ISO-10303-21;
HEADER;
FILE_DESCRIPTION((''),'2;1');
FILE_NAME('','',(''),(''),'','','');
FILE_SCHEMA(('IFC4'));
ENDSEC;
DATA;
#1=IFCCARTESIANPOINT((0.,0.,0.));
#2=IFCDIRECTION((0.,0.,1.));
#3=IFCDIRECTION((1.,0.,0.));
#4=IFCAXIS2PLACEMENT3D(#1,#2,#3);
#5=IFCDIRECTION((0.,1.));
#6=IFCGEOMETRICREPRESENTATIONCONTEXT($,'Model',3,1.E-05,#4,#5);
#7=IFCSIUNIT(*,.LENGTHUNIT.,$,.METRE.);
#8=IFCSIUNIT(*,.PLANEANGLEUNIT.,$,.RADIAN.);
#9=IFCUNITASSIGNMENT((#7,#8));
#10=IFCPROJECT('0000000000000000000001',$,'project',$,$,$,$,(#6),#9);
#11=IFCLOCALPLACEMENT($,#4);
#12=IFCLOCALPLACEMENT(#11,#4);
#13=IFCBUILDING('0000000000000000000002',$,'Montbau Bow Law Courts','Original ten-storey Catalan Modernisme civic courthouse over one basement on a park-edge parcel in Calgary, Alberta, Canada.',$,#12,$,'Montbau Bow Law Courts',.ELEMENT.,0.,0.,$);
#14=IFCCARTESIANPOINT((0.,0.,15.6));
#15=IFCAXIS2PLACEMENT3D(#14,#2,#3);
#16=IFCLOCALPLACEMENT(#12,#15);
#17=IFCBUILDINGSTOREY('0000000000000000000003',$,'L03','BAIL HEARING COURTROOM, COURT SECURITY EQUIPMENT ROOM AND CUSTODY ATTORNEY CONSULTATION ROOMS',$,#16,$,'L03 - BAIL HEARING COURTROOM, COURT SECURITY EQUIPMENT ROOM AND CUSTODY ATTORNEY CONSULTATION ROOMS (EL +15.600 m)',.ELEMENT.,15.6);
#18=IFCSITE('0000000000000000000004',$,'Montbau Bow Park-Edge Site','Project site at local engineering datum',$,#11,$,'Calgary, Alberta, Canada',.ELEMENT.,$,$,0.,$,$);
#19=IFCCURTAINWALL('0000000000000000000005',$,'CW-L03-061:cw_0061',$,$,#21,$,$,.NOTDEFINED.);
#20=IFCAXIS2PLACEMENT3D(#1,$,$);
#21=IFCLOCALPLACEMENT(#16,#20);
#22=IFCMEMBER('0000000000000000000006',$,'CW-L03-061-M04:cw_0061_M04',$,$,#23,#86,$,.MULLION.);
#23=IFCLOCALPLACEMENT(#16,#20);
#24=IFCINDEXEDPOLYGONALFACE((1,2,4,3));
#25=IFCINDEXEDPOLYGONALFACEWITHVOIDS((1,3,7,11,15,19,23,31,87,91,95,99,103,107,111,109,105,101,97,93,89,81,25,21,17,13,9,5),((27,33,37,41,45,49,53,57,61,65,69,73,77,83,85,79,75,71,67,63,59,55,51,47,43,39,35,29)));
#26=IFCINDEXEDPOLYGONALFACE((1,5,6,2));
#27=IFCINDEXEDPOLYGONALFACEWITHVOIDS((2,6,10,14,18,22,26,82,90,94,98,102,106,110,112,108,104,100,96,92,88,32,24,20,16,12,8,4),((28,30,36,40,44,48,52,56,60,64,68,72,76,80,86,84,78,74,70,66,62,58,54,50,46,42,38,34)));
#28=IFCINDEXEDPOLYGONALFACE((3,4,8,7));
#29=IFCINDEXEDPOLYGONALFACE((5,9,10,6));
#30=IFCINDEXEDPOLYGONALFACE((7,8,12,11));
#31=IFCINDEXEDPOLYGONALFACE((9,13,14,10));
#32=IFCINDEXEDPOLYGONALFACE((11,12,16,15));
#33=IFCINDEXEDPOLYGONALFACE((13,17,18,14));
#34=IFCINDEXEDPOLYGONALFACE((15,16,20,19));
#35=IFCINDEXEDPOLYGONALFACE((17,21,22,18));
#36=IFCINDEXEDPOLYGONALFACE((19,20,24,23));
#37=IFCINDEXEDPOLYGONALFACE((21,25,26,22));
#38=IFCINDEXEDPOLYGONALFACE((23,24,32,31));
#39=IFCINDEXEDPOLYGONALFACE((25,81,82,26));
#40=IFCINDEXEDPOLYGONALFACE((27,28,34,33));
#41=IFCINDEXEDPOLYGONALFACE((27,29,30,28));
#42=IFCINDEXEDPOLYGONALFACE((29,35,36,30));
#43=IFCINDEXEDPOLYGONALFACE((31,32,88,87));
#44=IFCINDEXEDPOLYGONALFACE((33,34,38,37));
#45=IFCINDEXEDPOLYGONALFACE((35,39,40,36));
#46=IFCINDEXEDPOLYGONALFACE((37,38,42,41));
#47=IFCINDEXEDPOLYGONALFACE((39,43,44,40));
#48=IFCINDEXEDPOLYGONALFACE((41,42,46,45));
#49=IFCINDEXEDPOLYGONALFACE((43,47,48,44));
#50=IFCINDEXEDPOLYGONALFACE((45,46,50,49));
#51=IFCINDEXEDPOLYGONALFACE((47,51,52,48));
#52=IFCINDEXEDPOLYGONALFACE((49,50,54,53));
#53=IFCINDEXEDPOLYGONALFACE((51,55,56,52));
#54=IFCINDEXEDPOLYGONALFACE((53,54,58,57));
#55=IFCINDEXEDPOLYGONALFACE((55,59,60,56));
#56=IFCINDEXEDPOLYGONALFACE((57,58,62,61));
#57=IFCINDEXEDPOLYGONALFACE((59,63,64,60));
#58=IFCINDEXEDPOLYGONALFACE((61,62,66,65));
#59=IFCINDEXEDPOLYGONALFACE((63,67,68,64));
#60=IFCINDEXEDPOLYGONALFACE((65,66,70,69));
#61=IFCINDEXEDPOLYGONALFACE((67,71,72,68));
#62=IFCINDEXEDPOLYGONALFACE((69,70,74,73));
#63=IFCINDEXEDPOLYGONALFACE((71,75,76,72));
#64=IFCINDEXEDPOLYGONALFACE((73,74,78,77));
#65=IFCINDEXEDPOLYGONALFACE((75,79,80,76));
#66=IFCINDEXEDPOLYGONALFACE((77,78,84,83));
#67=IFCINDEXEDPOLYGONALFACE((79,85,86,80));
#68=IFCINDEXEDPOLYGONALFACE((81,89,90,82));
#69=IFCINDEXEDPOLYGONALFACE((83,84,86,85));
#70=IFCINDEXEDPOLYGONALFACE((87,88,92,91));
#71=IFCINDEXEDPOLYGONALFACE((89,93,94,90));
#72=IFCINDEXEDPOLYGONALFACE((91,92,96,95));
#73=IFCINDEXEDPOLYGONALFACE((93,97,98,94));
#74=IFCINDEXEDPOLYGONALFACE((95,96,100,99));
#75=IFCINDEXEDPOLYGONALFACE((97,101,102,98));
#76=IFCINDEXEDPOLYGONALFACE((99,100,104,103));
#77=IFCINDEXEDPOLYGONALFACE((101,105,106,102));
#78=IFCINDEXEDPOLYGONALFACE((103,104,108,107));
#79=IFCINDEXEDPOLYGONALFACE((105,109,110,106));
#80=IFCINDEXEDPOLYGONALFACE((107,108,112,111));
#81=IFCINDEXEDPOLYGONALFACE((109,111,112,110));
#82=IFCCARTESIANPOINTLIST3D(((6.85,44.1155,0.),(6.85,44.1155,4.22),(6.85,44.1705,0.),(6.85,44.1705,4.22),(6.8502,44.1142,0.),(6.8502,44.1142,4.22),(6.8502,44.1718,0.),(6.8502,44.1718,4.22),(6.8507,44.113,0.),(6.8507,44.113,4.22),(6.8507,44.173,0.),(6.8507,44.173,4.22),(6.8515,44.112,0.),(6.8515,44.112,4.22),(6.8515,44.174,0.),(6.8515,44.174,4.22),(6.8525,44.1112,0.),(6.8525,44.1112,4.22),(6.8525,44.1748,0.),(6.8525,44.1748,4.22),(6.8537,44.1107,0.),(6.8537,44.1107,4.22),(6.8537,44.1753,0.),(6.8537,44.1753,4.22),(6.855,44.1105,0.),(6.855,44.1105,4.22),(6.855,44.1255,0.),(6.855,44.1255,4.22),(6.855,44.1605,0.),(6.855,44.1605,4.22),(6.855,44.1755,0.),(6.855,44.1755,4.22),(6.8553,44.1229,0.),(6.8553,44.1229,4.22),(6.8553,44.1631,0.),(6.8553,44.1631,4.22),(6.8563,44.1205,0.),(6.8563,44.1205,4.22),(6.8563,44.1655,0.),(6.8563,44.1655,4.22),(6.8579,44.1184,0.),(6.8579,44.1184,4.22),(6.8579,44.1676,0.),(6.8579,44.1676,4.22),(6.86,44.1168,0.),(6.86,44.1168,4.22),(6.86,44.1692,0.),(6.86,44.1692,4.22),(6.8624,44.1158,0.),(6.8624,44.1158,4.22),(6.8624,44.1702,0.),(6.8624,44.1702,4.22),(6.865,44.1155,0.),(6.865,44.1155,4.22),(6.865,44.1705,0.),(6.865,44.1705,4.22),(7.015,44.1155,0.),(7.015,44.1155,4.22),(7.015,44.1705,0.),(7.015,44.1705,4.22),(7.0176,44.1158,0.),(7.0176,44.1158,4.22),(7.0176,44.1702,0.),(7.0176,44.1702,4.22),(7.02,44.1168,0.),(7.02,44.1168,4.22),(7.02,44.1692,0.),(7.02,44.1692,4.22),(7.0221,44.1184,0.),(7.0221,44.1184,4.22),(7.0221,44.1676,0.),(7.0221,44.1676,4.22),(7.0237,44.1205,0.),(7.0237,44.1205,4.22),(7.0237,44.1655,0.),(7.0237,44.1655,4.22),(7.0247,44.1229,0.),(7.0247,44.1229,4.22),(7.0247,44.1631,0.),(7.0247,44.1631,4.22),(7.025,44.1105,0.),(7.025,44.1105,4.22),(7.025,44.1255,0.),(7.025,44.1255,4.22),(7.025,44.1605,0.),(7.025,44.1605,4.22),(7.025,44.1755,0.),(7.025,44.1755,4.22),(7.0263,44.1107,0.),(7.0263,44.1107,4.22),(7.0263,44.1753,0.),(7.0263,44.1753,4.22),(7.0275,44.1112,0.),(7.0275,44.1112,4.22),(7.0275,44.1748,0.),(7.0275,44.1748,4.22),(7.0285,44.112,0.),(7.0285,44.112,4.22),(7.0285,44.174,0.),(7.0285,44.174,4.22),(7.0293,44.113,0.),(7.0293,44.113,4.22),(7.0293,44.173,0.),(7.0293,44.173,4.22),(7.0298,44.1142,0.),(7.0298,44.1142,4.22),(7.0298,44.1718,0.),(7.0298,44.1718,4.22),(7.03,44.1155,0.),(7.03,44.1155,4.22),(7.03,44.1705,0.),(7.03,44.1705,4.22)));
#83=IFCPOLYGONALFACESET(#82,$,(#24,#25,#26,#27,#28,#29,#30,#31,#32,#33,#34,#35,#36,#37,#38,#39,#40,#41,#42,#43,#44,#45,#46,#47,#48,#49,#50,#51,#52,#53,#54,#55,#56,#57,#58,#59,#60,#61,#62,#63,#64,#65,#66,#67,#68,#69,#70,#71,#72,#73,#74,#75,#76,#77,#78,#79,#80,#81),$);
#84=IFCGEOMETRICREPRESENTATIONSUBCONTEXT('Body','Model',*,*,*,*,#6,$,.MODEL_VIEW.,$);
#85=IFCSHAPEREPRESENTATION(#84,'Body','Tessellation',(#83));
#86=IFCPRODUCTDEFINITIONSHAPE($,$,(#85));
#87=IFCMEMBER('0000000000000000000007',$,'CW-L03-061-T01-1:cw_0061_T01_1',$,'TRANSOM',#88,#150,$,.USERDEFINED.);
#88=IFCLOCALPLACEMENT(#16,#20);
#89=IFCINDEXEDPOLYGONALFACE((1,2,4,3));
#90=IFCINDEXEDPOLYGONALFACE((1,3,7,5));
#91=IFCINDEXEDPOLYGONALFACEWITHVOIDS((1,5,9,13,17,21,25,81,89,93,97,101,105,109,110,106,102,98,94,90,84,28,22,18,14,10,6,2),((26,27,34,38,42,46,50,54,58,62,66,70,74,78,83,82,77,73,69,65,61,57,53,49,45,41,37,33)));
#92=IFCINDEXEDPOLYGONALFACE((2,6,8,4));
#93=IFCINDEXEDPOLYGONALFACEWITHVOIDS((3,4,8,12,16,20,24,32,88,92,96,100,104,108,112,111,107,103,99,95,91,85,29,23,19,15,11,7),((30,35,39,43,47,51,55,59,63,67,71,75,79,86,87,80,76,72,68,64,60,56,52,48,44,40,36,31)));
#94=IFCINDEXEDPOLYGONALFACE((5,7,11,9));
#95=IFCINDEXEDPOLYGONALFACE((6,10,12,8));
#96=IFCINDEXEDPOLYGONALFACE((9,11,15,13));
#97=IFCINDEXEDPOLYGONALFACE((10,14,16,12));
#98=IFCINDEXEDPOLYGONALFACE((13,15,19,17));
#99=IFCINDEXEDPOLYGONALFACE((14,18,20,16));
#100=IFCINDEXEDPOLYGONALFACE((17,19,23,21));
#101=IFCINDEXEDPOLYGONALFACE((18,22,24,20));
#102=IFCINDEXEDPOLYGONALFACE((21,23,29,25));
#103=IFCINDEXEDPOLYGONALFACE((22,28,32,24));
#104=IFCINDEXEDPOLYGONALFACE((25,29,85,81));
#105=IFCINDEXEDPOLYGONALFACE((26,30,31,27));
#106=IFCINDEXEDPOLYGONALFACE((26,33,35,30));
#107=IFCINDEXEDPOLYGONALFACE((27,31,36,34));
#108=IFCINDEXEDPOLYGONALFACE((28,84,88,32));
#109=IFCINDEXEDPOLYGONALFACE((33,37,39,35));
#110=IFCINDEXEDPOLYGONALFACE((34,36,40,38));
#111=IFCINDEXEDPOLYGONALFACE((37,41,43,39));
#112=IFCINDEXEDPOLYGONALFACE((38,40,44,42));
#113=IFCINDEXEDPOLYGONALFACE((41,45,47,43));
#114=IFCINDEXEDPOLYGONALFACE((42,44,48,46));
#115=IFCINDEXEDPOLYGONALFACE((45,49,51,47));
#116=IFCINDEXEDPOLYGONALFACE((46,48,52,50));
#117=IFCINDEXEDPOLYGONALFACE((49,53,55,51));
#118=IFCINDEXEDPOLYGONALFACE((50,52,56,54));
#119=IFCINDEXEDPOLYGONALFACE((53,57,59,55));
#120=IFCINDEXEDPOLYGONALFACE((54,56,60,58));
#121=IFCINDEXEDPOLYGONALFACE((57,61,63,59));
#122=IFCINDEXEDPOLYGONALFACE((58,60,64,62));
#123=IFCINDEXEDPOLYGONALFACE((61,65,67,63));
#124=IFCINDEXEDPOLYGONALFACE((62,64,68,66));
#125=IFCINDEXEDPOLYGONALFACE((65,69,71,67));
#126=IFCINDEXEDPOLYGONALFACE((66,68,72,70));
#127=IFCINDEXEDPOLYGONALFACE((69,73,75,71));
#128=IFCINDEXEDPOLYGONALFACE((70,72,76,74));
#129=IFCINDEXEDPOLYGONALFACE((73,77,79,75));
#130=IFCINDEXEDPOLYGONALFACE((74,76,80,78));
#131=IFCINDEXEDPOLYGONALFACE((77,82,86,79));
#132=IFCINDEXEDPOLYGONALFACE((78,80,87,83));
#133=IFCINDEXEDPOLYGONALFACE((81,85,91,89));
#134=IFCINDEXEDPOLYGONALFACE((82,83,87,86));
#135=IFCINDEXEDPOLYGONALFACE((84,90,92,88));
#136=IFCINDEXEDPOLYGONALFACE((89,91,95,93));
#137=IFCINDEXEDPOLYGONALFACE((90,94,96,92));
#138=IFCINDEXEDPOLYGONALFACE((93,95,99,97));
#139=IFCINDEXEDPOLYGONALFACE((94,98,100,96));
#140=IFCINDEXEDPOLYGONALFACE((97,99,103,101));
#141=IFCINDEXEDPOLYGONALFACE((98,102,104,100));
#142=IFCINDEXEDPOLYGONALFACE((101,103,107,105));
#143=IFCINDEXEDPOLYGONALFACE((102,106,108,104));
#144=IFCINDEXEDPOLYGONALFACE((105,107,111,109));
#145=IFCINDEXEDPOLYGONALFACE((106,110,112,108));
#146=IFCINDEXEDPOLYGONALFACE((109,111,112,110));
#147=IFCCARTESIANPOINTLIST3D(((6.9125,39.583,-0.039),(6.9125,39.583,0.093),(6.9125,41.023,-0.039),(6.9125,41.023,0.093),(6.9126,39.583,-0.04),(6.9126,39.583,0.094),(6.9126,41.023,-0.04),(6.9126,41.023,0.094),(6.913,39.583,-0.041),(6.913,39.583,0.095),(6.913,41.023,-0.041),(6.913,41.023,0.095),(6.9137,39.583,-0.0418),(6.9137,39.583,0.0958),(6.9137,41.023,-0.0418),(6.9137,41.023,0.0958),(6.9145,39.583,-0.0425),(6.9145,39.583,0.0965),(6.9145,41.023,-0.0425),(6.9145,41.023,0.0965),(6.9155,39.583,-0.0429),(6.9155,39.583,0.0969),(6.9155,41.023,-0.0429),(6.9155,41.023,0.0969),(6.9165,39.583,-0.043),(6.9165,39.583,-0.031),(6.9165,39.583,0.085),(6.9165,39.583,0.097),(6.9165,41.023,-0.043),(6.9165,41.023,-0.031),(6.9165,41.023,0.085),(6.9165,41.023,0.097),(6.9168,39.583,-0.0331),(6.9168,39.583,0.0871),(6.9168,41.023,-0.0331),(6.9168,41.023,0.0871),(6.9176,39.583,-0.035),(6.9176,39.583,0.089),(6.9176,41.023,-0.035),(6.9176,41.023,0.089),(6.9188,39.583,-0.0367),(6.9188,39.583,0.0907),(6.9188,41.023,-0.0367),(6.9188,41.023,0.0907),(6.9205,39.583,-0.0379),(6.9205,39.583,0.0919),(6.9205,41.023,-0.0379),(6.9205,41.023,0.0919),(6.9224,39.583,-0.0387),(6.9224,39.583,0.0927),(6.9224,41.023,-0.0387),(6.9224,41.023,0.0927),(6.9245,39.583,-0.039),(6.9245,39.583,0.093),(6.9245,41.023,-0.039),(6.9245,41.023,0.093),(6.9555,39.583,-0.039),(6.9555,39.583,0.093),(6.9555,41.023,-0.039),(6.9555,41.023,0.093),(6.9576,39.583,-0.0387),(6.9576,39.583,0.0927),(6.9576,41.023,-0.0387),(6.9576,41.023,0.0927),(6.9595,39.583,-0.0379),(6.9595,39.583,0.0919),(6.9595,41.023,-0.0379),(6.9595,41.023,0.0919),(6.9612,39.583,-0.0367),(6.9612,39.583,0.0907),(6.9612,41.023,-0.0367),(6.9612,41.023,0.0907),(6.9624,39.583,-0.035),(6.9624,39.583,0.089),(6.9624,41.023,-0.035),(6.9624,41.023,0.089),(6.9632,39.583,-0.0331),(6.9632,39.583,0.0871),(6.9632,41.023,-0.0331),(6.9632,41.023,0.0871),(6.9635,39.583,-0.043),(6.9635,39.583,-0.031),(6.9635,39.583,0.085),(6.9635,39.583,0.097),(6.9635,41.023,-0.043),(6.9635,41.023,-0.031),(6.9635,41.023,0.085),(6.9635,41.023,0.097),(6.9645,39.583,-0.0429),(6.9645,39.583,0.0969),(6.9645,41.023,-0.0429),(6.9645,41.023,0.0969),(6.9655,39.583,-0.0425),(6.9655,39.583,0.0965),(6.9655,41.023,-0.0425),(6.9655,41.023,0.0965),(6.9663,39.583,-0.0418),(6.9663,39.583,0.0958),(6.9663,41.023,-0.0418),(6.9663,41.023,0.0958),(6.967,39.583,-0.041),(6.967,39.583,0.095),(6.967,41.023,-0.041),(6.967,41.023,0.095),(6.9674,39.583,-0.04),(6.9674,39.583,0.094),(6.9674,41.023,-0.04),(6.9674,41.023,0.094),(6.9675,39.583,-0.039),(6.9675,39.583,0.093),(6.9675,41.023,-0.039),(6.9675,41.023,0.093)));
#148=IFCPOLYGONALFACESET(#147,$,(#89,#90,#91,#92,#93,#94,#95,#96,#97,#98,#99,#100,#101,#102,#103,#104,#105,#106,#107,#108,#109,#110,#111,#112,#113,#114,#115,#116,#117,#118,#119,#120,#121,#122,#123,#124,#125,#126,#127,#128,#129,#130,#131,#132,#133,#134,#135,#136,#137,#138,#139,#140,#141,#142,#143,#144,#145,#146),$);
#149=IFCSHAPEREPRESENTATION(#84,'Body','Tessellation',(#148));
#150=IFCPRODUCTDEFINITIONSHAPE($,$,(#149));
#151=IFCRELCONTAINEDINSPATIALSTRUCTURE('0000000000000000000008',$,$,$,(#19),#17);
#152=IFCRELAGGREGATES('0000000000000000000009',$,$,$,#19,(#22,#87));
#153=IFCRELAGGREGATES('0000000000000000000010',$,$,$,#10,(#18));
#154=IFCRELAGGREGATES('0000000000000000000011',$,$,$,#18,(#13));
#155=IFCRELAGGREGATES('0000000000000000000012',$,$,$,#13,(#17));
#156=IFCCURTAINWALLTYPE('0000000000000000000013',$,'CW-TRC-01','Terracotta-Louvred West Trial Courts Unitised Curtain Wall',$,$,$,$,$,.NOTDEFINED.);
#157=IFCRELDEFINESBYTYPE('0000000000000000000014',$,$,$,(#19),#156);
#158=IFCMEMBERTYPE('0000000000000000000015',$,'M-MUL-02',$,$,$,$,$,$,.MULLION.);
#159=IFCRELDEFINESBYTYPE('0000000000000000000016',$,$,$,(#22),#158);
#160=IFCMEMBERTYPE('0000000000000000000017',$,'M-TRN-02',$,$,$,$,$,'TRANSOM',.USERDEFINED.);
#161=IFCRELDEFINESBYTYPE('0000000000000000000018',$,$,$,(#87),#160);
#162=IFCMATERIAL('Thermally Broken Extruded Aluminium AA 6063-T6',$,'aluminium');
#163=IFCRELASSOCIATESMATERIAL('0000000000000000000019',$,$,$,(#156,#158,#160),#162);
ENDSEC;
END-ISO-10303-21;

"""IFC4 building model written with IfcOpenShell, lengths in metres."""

from ifc_helpers import new_model, si_unit, direction, frame, origin_with_axes, origin_2d_with_axis, place, context, subcontext, project, spatial, hollow_rectangle, extrude, material, material_profile, profile_set, type_object, element, aggregate, save


model = new_model("IFC4")

# Units and contexts
model_context = context("Model", 3, precision=1e-05, world=origin_with_axes(), true_north=direction((0.0, 1.0)))
body_context = subcontext(model_context, "Body", "Model", "MODEL_VIEW")
ifc_project = project(units=[si_unit("LENGTHUNIT", "METRE"), si_unit("PLANEANGLEUNIT", "RADIAN")], contexts=[model_context])

# Site, building, storey
site_placement = place(None, origin_with_axes())
site = spatial("IfcSite", under=ifc_project, at=site_placement, Name="Montbau Bow Park-Edge Site", Description="Project site at local engineering datum", LongName="Calgary, Alberta, Canada", CompositionType="ELEMENT", RefElevation=0.0)
building_placement = place(site_placement, origin_with_axes())
building = spatial("IfcBuilding", under=site, at=building_placement, Name="Montbau Bow Law Courts", Description="Original ten-storey Catalan Modernisme civic courthouse over one basement on a park-edge parcel in Calgary, Alberta, Canada.", LongName="Montbau Bow Law Courts", CompositionType="ELEMENT", ElevationOfRefHeight=0.0, ElevationOfTerrain=0.0)
storey_placement = place(building_placement, frame((0.0, 0.0, 15.6), z_axis=(0.0, 0.0, 1.0), x_axis=(1.0, 0.0, 0.0)))
storey = spatial("IfcBuildingStorey", under=building, at=storey_placement, Name="L03", Description="BAIL HEARING COURTROOM, COURT SECURITY EQUIPMENT ROOM AND CUSTODY ATTORNEY CONSULTATION ROOMS", LongName="L03 - BAIL HEARING COURTROOM, COURT SECURITY EQUIPMENT ROOM AND CUSTODY ATTORNEY CONSULTATION ROOMS (EL +15.600 m)", CompositionType="ELEMENT", Elevation=15.6)

# Curtain wall, members
ifc_material_1 = material(Name="Thermally Broken Extruded Aluminium AA 6063-T6", Category="aluminium")
curtain_wall_type = type_object("IfcCurtainWallType", Name="CW-TRC-01", Description="Terracotta-Louvred West Trial Courts Unitised Curtain Wall", PredefinedType="NOTDEFINED", material=ifc_material_1)
curtain_wall_placement = place(None, frame((6.94, 39.515, 15.6), z_axis=(0.0, 0.0, 1.0), x_axis=(1.0, 0.0, 0.0)))
curtain_wall = element("IfcCurtainWall", 1, at=curtain_wall_placement, inside=storey, type_object=curtain_wall_type, Name="CW-L03-061:cw_0061", PredefinedType="NOTDEFINED")
ifc_material_profile_1 = material_profile(ifc_material_1, hollow_rectangle(XDim=0.065, YDim=0.18, WallThickness=0.005, InnerFilletRadius=0.01, OuterFilletRadius=0.005, at=origin_2d_with_axis()), Name="CWM-180X65", Category="Main", Priority=0)
ifc_profile_set_1 = profile_set([ifc_material_profile_1], Name="Thermally Broken Extruded Aluminium AA 6063-T6")
member_type_1 = type_object("IfcMemberType", Name="M-MUL-02", PredefinedType="MULLION", material=ifc_profile_set_1)
member_1_placement = place(None, frame((6.94, 44.143, 15.6), z_axis=(0.0, 0.0, 1.0), x_axis=(0.0, 1.0, 0.0)))
member_1 = element("IfcMember", 2, at=member_1_placement, type_object=member_type_1, Name="CW-L03-061-M04:cw_0061_M04", PredefinedType="MULLION", context=body_context, shape_type="SweptSolid", body=[
    extrude(hollow_rectangle(XDim=0.065, YDim=0.18, WallThickness=0.005, InnerFilletRadius=0.01, OuterFilletRadius=0.005, at=origin_2d_with_axis()), origin_with_axes(), (0.0, 0.0, 1.0), 4.22),
])
ifc_material_profile_2 = material_profile(ifc_material_1, hollow_rectangle(XDim=0.055, YDim=0.14, WallThickness=0.004, InnerFilletRadius=0.008, OuterFilletRadius=0.004, at=origin_2d_with_axis()), Name="CWT-140X55", Category="Main", Priority=0)
ifc_profile_set_2 = profile_set([ifc_material_profile_2], Name="Thermally Broken Extruded Aluminium AA 6063-T6")
member_type_2 = type_object("IfcMemberType", Name="M-TRN-02", ElementType="TRANSOM", PredefinedType="USERDEFINED", material=ifc_profile_set_2)
member_2_placement = place(None, frame((6.94, 39.583, 15.627), z_axis=(0.0, 1.0, 0.0), x_axis=(-1.0, 0.0, 0.0)))
member_2 = element("IfcMember", 3, at=member_2_placement, type_object=member_type_2, Name="CW-L03-061-T01-1:cw_0061_T01_1", ObjectType="TRANSOM", PredefinedType="USERDEFINED", context=body_context, shape_type="SweptSolid", body=[
    extrude(hollow_rectangle(XDim=0.055, YDim=0.14, WallThickness=0.004, InnerFilletRadius=0.008, OuterFilletRadius=0.004, at=origin_2d_with_axis()), origin_with_axes(), (0.0, 0.0, 1.0), 1.44),
])
aggregate(curtain_wall, [member_1, member_2])

save(model, "model.ifc")
